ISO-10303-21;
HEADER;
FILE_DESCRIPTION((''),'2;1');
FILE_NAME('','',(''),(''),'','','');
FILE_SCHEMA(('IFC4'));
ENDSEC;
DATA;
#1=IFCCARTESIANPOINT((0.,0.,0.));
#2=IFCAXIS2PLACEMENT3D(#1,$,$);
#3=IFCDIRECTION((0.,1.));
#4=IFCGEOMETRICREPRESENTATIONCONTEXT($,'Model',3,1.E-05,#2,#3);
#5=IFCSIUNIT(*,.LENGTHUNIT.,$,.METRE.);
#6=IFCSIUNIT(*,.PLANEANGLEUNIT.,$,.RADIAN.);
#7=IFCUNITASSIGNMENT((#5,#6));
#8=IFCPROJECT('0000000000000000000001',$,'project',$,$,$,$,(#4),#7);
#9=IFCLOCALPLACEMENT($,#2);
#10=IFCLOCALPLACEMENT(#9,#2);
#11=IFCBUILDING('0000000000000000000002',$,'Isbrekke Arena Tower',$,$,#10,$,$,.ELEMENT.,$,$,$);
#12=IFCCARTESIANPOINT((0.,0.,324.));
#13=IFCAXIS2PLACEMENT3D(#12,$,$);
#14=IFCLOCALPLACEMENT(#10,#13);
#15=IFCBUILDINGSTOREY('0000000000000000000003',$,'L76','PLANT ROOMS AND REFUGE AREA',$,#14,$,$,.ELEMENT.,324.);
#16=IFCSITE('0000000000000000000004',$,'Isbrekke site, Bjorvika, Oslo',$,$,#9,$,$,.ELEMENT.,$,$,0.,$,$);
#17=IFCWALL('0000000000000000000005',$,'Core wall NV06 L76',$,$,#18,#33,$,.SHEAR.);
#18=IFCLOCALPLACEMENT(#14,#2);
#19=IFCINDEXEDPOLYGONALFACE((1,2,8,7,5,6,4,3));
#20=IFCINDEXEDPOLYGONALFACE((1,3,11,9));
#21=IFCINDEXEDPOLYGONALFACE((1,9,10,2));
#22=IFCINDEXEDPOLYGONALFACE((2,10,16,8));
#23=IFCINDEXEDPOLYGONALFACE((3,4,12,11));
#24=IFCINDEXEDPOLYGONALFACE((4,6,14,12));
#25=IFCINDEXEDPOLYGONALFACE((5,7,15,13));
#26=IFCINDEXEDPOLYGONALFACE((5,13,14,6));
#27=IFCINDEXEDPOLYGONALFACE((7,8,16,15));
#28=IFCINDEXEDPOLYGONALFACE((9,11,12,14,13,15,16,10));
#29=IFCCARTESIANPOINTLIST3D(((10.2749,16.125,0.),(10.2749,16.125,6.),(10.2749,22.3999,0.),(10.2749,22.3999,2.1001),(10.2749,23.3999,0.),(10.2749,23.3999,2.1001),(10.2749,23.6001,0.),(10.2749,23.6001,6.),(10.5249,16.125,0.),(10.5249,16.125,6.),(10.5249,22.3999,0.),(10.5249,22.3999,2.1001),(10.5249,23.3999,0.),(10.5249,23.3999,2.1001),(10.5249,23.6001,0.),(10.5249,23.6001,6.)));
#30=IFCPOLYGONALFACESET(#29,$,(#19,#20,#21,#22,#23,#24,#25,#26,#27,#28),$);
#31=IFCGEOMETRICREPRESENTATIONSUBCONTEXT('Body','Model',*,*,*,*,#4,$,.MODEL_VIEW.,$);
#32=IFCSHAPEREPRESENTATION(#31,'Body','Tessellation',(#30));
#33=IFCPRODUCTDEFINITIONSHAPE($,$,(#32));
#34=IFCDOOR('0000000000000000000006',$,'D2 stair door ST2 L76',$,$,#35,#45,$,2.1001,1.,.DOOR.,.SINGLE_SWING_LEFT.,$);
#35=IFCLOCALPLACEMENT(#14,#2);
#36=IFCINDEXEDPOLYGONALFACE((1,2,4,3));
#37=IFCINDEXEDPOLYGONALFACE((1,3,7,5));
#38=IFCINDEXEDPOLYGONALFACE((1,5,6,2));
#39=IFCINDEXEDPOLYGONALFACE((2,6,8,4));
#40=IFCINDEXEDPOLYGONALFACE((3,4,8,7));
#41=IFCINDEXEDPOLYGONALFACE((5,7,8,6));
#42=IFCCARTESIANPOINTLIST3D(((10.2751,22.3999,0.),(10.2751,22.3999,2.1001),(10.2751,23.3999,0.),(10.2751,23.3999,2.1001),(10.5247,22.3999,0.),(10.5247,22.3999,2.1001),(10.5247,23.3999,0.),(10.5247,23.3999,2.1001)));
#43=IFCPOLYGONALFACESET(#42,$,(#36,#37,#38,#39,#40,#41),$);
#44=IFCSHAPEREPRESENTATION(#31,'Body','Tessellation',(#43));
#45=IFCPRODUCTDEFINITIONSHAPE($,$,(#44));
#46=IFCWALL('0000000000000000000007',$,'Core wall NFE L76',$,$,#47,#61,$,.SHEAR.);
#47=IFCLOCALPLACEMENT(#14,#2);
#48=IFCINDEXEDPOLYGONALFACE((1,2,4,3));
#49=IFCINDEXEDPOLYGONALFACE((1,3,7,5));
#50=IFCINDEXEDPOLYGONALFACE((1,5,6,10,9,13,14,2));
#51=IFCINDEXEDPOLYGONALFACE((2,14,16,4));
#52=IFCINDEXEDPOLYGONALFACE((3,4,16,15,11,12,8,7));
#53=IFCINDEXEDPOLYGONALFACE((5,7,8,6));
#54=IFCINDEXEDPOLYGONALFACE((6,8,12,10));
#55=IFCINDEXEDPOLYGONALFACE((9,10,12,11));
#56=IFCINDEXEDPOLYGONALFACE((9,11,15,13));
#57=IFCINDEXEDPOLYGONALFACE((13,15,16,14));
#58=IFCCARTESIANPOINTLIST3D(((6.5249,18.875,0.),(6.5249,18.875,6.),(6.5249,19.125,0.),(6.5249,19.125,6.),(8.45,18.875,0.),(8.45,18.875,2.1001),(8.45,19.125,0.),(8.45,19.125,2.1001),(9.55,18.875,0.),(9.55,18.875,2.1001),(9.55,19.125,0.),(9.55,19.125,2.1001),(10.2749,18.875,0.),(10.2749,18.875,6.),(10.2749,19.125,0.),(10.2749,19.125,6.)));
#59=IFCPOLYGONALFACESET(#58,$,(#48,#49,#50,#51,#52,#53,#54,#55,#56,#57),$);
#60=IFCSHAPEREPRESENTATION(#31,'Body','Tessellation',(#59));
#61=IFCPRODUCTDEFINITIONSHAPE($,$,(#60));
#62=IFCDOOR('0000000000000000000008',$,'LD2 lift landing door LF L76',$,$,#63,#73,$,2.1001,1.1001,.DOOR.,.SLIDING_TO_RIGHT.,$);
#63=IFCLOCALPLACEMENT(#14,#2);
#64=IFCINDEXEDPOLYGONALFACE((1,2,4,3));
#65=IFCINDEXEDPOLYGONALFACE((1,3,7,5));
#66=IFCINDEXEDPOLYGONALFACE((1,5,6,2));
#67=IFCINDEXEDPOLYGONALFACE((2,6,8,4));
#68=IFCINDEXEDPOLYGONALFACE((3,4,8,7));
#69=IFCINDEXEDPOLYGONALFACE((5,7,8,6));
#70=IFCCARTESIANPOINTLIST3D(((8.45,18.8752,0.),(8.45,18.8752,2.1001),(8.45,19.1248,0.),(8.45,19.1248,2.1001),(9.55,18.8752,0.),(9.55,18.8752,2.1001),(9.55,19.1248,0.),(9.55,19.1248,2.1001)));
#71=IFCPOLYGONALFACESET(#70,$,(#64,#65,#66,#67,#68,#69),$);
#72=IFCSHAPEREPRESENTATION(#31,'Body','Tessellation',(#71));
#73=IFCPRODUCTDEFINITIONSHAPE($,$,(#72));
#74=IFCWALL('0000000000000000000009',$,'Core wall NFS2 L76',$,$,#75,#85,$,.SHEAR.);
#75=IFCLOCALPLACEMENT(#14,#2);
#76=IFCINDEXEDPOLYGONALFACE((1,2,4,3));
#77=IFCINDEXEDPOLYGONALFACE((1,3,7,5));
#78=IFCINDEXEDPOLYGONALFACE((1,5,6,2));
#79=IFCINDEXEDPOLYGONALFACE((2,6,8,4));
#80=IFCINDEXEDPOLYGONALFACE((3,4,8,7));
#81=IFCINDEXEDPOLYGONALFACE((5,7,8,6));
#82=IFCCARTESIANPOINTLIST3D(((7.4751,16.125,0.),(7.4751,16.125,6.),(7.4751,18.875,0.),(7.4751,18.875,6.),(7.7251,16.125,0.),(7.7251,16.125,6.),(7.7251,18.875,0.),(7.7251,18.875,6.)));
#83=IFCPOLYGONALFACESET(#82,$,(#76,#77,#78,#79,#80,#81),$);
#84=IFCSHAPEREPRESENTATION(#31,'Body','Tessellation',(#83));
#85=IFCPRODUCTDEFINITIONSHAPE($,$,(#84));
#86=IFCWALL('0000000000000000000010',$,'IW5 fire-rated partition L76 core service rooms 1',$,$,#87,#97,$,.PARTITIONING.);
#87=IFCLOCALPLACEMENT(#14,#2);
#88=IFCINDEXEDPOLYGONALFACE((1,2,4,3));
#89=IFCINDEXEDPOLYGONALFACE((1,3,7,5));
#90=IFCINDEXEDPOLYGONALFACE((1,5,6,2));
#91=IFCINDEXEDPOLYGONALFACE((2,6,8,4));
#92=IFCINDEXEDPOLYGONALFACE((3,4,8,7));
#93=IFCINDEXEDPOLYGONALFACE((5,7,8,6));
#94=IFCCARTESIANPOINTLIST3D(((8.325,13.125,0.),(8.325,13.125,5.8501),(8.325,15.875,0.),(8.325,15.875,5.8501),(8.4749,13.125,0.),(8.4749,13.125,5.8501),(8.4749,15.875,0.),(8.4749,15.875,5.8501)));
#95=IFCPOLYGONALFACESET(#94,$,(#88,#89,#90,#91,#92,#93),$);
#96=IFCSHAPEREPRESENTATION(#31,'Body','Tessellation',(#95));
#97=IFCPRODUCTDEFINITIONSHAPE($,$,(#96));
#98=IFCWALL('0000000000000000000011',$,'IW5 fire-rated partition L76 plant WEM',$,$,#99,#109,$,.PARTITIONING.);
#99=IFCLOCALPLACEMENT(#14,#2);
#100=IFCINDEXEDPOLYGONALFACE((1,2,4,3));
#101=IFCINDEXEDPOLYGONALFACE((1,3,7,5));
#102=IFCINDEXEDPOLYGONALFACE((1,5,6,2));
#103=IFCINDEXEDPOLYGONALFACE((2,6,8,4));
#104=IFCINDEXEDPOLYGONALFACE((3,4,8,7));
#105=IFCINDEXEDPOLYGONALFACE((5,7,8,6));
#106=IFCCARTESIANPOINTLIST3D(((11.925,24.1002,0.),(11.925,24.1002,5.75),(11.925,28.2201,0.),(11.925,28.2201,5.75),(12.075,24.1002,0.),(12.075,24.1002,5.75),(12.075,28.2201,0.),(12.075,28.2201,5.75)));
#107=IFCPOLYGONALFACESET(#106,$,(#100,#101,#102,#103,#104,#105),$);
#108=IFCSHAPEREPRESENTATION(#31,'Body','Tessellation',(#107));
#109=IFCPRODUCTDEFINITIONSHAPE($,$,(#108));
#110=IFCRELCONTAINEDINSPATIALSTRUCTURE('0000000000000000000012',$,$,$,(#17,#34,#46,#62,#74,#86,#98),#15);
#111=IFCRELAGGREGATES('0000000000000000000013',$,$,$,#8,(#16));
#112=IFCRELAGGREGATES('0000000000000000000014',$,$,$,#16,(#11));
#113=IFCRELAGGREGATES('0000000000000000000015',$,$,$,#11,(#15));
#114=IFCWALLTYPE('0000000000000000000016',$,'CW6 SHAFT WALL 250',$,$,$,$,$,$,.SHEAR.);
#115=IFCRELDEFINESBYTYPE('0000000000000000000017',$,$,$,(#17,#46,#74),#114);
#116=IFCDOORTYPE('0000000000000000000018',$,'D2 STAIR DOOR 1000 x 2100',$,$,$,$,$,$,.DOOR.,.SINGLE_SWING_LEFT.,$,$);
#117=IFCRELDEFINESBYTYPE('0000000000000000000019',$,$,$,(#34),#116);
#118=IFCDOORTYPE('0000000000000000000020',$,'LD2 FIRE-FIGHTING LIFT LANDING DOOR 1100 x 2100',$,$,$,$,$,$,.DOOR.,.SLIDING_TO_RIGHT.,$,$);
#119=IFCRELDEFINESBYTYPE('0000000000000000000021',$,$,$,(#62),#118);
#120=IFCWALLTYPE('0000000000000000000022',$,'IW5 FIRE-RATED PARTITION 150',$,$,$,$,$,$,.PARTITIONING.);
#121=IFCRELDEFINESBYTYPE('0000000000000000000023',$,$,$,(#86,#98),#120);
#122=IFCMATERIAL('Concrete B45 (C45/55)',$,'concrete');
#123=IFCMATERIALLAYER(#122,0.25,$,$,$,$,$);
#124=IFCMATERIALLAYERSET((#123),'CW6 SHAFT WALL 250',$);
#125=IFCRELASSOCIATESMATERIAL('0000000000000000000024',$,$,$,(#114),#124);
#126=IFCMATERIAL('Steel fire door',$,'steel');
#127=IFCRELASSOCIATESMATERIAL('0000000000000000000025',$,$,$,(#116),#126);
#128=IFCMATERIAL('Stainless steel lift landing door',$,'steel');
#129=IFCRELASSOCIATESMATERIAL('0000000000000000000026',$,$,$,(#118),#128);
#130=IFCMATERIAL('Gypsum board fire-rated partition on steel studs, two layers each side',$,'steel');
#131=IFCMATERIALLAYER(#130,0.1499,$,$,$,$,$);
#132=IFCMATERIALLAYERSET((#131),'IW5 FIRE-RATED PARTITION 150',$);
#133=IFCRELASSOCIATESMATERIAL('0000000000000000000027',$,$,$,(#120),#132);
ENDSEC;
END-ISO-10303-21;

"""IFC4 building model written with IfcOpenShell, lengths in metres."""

from ifc_helpers import new_model, si_unit, direction, frame, frame_2d, origin, place, context, subcontext, project, spatial, rectangle, extrude, material, layer, layer_set, type_object, element, fill, save


model = new_model("IFC4")

# Units and contexts
model_context = context("Model", 3, precision=1e-05, world=origin(), true_north=direction((0.0, 1.0)))
body_context = subcontext(model_context, "Body", "Model", "MODEL_VIEW")
ifc_project = project(units=[si_unit("LENGTHUNIT", "METRE"), si_unit("PLANEANGLEUNIT", "RADIAN")], contexts=[model_context])

# Site, building, storey
site_placement = place(None, origin())
site = spatial("IfcSite", under=ifc_project, at=site_placement, Name="Isbrekke site, Bjorvika, Oslo", CompositionType="ELEMENT", RefElevation=0.0)
building_placement = place(site_placement, origin())
building = spatial("IfcBuilding", under=site, at=building_placement, Name="Isbrekke Arena Tower", CompositionType="ELEMENT")
storey_placement = place(building_placement, frame((0.0, 0.0, 324.0)))
storey = spatial("IfcBuildingStorey", under=building, at=storey_placement, Name="L76", Description="PLANT ROOMS AND REFUGE AREA", CompositionType="ELEMENT", Elevation=324.0)

# Shared definitions
ifc_material_1 = material(Name="Concrete B45 (C45/55)", Category="concrete")
ifc_layer_1 = layer(ifc_material_1, 0.25)
ifc_layer_set_1 = layer_set([ifc_layer_1], Name="CW6 SHAFT WALL 250")
wall_type_1 = type_object("IfcWallType", Name="CW6 SHAFT WALL 250", PredefinedType="SHEAR", material=ifc_layer_set_1)

# Walls, openings, doors
wall_1_placement = place(storey_placement, frame((10.3999, 16.125, 0.0), z_axis=(0.0, 0.0, 1.0), x_axis=(0.0, 1.0, 0.0)))
wall_1 = element("IfcWall", 1, at=wall_1_placement, inside=storey, type_object=wall_type_1, Name="Core wall NV06 L76", PredefinedType="SHEAR", context=body_context, shape_type="SweptSolid", body=[
    extrude(rectangle(XDim=7.4751, YDim=0.25, at=frame_2d((3.7375, 0.0))), origin(), (0.0, 0.0, 1.0), 6.0),
])
opening_1_placement = place(wall_1_placement, frame((6.2749, 0.0, 0.0)))
opening_1 = element("IfcOpeningElement", 2, at=opening_1_placement, cuts=wall_1, PredefinedType="OPENING", context=body_context, shape_type="SweptSolid", body=[
    extrude(rectangle(XDim=1.0, YDim=2.1001, at=frame_2d((0.5, 1.05))), frame((0.0, 0.1399, 0.0), z_axis=(0.0, -1.0, 0.0), x_axis=(1.0, 0.0, 0.0)), (0.0, 0.0, 1.0), 0.2798),
])
ifc_material_2 = material(Name="Steel fire door", Category="steel")
door_type_1 = type_object("IfcDoorType", Name="D2 STAIR DOOR 1000 x 2100", OperationType="SINGLE_SWING_LEFT", PredefinedType="DOOR", material=ifc_material_2)
door_1_placement = place(opening_1_placement, origin())
door_1 = element("IfcDoor", 3, at=door_1_placement, inside=storey, type_object=door_type_1, Name="D2 stair door ST2 L76", OperationType="SINGLE_SWING_LEFT", OverallHeight=2.1001, OverallWidth=1.0, PredefinedType="DOOR", context=body_context, shape_type="SweptSolid", body=[
    extrude(rectangle(XDim=1.0, YDim=2.1001, at=frame_2d((0.5, 1.05))), frame((0.0, 0.1248, 0.0), z_axis=(0.0, -1.0, 0.0), x_axis=(1.0, 0.0, 0.0)), (0.0, 0.0, 1.0), 0.2495),
])
fill(opening_1, door_1)
wall_2_placement = place(storey_placement, frame((6.5249, 19.0, 0.0), z_axis=(0.0, 0.0, 1.0), x_axis=(1.0, 0.0, 0.0)))
wall_2 = element("IfcWall", 4, at=wall_2_placement, inside=storey, type_object=wall_type_1, Name="Core wall NFE L76", PredefinedType="SHEAR", context=body_context, shape_type="SweptSolid", body=[
    extrude(rectangle(XDim=3.75, YDim=0.25, at=frame_2d((1.875, 0.0))), origin(), (0.0, 0.0, 1.0), 6.0),
])
opening_2_placement = place(wall_2_placement, frame((1.925, 0.0, 0.0)))
opening_2 = element("IfcOpeningElement", 5, at=opening_2_placement, cuts=wall_2, PredefinedType="OPENING", context=body_context, shape_type="SweptSolid", body=[
    extrude(rectangle(XDim=1.1001, YDim=2.1001, at=frame_2d((0.55, 1.05))), frame((0.0, 0.1399, 0.0), z_axis=(0.0, -1.0, 0.0), x_axis=(1.0, 0.0, 0.0)), (0.0, 0.0, 1.0), 0.2798),
])
ifc_material_3 = material(Name="Stainless steel lift landing door", Category="steel")
door_type_2 = type_object("IfcDoorType", Name="LD2 FIRE-FIGHTING LIFT LANDING DOOR 1100 x 2100", OperationType="SLIDING_TO_RIGHT", PredefinedType="DOOR", material=ifc_material_3)
door_2_placement = place(opening_2_placement, origin())
door_2 = element("IfcDoor", 6, at=door_2_placement, inside=storey, type_object=door_type_2, Name="LD2 lift landing door LF L76", OperationType="SLIDING_TO_RIGHT", OverallHeight=2.1001, OverallWidth=1.1001, PredefinedType="DOOR", context=body_context, shape_type="SweptSolid", body=[
    extrude(rectangle(XDim=1.1001, YDim=2.1001, at=frame_2d((0.55, 1.05))), frame((0.0, 0.1248, 0.0), z_axis=(0.0, -1.0, 0.0), x_axis=(1.0, 0.0, 0.0)), (0.0, 0.0, 1.0), 0.2495),
])
fill(opening_2, door_2)

# Walls
wall_3_placement = place(storey_placement, frame((7.6001, 16.125, 0.0), z_axis=(0.0, 0.0, 1.0), x_axis=(0.0, 1.0, 0.0)))
element("IfcWall", 7, at=wall_3_placement, inside=storey, type_object=wall_type_1, Name="Core wall NFS2 L76", PredefinedType="SHEAR", context=body_context, shape_type="SweptSolid", body=[
    extrude(rectangle(XDim=2.75, YDim=0.25, at=frame_2d((1.375, 0.0))), origin(), (0.0, 0.0, 1.0), 6.0),
])
ifc_material_4 = material(Name="Gypsum board fire-rated partition on steel studs, two layers each side", Category="steel")
ifc_layer_2 = layer(ifc_material_4, 0.1499)
ifc_layer_set_2 = layer_set([ifc_layer_2], Name="IW5 FIRE-RATED PARTITION 150")
wall_type_2 = type_object("IfcWallType", Name="IW5 FIRE-RATED PARTITION 150", PredefinedType="PARTITIONING", material=ifc_layer_set_2)
wall_4_placement = place(storey_placement, frame((8.3999, 13.125, 0.0), z_axis=(0.0, 0.0, 1.0), x_axis=(0.0, 1.0, 0.0)))
element("IfcWall", 8, at=wall_4_placement, inside=storey, type_object=wall_type_2, Name="IW5 fire-rated partition L76 core service rooms 1", PredefinedType="PARTITIONING", context=body_context, shape_type="SweptSolid", body=[
    extrude(rectangle(XDim=2.75, YDim=0.1499, at=frame_2d((1.375, 0.0))), origin(), (0.0, 0.0, 1.0), 5.8501),
])
wall_5_placement = place(storey_placement, frame((12.0, 24.1001, 0.0), z_axis=(0.0, 0.0, 1.0), x_axis=(0.0, 1.0, 0.0)))
element("IfcWall", 9, at=wall_5_placement, inside=storey, type_object=wall_type_2, Name="IW5 fire-rated partition L76 plant WEM", PredefinedType="PARTITIONING", context=body_context, shape_type="SweptSolid", body=[
    extrude(rectangle(XDim=4.1199, YDim=0.1499, at=frame_2d((2.0601, 0.0))), origin(), (0.0, 0.0, 1.0), 5.75),
])

save(model, "model.ifc")
